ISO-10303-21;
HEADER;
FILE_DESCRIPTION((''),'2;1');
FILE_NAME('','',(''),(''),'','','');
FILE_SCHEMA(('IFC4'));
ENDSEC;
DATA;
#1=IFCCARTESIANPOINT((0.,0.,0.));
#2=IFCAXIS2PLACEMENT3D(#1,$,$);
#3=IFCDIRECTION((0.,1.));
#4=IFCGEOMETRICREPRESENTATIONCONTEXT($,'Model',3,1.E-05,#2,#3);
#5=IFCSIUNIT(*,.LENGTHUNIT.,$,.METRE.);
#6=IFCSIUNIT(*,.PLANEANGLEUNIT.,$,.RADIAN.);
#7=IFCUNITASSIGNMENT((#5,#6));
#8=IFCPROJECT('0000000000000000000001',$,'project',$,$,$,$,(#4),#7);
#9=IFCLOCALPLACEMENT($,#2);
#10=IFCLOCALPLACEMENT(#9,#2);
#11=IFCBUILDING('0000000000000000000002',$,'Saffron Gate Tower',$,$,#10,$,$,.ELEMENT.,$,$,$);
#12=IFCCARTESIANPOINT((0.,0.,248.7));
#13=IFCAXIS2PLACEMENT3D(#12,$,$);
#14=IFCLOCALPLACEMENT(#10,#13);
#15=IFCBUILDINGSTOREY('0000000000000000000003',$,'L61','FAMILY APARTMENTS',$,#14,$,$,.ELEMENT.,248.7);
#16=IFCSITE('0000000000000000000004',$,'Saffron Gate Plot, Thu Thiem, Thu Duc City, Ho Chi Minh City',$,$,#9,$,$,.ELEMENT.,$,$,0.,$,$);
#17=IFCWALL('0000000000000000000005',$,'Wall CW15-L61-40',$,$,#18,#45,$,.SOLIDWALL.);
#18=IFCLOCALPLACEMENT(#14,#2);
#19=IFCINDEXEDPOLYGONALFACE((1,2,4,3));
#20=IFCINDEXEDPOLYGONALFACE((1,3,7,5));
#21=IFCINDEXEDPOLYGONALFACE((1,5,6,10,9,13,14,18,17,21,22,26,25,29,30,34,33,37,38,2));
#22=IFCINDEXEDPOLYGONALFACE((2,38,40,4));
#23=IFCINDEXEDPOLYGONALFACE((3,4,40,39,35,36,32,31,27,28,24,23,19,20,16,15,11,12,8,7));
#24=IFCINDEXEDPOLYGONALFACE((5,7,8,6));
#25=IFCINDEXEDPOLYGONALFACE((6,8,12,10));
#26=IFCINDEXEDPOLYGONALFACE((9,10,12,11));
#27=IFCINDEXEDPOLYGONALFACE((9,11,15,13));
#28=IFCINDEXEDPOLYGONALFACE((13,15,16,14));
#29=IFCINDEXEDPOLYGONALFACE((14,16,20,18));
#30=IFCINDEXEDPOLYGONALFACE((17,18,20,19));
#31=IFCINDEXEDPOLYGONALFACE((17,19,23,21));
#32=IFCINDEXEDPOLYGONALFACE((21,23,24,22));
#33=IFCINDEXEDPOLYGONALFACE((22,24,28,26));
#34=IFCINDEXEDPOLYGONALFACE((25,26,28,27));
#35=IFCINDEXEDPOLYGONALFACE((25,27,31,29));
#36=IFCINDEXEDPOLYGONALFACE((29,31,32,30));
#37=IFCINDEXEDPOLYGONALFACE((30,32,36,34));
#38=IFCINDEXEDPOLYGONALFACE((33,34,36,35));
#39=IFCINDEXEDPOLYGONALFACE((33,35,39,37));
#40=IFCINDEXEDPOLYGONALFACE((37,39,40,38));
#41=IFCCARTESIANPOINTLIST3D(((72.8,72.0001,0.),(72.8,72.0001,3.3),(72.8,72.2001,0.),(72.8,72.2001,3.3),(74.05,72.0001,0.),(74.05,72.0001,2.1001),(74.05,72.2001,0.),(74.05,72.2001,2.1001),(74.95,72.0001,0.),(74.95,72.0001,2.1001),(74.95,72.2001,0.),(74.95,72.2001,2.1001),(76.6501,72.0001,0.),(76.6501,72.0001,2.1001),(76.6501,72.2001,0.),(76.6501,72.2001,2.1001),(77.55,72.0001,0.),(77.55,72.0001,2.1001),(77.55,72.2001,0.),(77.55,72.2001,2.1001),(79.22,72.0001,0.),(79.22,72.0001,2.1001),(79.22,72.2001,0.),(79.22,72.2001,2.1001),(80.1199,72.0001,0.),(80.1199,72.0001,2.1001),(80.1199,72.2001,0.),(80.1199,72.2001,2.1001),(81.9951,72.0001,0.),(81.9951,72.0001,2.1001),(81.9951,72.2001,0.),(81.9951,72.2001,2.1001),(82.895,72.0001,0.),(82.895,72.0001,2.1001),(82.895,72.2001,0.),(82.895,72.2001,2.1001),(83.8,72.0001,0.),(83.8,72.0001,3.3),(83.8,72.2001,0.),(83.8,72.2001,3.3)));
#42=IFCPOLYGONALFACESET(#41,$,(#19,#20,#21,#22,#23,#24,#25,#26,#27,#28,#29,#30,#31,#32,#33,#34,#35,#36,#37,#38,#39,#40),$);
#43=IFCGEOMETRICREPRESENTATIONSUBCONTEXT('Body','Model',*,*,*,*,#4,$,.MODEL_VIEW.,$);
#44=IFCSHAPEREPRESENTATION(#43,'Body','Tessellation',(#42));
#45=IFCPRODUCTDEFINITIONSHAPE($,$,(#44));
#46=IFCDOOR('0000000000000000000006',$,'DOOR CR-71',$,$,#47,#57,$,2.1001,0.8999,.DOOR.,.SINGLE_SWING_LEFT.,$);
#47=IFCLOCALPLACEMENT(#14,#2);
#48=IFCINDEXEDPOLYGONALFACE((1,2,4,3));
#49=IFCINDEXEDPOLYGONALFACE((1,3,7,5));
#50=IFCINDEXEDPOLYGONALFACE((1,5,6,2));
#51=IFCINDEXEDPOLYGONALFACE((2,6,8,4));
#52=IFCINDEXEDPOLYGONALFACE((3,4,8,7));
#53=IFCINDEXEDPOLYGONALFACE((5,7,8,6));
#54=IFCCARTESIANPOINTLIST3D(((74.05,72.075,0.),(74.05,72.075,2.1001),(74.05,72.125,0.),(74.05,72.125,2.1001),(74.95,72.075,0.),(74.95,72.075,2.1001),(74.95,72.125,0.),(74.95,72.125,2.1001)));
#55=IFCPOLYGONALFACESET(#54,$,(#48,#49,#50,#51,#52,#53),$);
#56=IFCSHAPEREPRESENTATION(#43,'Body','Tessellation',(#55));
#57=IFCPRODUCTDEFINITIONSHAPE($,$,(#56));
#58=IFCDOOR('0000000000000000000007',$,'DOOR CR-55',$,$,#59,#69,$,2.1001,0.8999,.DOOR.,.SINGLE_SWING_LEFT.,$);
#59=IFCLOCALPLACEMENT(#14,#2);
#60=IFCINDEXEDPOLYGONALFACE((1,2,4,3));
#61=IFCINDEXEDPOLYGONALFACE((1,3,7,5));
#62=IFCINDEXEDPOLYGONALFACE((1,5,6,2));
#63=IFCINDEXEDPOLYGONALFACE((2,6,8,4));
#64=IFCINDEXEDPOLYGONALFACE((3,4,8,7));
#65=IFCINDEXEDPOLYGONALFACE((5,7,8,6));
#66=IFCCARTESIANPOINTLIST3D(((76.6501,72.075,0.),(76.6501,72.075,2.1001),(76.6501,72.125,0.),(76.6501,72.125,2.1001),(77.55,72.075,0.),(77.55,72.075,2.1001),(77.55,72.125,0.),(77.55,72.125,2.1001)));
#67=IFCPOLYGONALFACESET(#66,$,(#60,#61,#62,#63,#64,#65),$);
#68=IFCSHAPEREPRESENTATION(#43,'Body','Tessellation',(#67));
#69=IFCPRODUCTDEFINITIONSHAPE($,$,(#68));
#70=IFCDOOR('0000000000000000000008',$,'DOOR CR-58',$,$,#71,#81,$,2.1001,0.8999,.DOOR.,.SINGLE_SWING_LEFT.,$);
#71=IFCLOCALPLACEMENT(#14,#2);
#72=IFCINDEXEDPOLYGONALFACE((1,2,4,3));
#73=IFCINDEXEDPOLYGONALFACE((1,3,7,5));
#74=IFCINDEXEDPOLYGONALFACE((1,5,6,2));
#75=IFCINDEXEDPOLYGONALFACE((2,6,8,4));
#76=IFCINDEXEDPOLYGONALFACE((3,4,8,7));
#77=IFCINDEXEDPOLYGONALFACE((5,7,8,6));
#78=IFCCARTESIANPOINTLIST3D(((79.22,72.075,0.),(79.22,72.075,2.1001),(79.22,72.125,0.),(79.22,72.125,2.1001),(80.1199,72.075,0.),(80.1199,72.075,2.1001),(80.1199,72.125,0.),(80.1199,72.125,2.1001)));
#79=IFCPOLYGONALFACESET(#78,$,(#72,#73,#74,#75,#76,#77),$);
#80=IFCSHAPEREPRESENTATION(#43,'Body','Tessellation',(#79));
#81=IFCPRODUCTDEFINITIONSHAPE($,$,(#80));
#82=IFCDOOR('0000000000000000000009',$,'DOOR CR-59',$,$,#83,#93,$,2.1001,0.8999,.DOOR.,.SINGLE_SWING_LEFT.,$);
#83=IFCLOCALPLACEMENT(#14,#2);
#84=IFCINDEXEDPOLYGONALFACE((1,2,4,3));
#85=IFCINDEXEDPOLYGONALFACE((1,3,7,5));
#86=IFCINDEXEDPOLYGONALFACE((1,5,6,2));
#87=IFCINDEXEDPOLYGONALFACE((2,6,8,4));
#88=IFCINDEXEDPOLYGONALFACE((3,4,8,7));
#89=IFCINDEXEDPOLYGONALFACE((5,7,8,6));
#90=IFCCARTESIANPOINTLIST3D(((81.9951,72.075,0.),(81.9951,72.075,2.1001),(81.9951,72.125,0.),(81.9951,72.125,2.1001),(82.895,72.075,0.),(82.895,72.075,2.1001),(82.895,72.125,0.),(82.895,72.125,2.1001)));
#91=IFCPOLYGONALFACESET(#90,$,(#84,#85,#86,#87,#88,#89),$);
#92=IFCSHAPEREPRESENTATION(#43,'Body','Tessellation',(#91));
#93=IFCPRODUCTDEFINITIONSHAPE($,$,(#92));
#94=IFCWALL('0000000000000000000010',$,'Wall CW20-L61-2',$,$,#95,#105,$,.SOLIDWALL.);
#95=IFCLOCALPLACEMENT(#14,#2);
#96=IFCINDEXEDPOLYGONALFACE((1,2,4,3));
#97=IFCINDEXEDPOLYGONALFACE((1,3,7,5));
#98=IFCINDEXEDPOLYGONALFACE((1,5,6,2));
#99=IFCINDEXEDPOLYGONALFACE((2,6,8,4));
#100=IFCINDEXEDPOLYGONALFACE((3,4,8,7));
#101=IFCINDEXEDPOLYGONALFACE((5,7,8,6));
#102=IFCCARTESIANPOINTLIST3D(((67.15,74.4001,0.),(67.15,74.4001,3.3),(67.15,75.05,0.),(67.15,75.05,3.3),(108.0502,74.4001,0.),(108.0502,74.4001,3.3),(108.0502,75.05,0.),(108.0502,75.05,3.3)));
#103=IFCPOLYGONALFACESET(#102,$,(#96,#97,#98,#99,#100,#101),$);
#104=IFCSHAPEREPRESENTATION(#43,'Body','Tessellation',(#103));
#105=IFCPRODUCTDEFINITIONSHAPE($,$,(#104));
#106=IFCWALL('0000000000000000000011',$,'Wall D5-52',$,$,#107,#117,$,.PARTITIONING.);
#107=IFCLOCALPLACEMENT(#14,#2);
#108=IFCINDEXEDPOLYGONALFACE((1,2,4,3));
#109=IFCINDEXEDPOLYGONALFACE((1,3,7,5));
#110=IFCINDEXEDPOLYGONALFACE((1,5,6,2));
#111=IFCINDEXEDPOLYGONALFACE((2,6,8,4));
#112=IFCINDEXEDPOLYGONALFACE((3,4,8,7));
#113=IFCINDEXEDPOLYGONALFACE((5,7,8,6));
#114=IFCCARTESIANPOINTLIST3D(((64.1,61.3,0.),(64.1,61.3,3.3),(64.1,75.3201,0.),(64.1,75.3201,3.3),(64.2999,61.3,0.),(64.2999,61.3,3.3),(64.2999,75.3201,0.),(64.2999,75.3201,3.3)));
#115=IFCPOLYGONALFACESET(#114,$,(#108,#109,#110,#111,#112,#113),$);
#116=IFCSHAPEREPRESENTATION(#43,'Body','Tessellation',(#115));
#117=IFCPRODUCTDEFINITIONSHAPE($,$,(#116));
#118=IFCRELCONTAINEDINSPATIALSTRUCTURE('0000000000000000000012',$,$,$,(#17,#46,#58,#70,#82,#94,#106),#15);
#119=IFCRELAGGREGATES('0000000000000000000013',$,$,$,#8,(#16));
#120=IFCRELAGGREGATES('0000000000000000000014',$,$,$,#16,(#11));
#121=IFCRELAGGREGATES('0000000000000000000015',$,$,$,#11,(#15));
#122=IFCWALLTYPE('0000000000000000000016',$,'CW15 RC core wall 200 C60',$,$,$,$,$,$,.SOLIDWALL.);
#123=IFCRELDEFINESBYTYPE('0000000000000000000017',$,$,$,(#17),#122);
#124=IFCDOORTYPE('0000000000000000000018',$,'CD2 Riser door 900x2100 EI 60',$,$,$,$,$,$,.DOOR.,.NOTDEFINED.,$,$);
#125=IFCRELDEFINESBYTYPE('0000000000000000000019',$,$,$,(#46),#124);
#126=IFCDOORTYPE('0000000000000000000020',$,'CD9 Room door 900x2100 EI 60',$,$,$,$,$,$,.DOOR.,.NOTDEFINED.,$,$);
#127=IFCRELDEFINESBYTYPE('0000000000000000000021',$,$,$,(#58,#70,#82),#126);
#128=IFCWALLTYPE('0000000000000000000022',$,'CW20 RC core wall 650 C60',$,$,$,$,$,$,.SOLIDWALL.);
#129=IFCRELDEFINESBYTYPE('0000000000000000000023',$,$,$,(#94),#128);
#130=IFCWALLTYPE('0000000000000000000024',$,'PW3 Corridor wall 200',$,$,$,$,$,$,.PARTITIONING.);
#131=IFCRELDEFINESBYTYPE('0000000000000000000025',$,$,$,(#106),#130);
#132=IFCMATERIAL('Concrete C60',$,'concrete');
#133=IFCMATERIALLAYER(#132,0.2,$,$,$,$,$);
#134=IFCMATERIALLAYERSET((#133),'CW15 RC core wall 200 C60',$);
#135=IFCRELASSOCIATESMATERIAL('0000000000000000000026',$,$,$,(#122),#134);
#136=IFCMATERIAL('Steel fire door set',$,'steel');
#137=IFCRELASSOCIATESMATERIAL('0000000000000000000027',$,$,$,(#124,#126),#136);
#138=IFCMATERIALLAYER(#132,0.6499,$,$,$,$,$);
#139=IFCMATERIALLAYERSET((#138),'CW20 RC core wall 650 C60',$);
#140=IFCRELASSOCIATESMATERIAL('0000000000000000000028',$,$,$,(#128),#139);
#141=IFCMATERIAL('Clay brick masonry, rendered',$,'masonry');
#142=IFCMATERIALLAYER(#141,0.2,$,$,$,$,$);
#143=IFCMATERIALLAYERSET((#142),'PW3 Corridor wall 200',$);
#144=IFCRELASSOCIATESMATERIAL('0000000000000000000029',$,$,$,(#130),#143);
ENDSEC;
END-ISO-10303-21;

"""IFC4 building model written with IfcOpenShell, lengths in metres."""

from ifc_helpers import new_model, si_unit, direction, frame, frame_2d, origin, place, context, subcontext, project, spatial, rectangle, extrude, material, layer, layer_set, type_object, element, fill, save


model = new_model("IFC4")

# Units and contexts
model_context = context("Model", 3, precision=1e-05, world=origin(), true_north=direction((0.0, 1.0)))
body_context = subcontext(model_context, "Body", "Model", "MODEL_VIEW")
ifc_project = project(units=[si_unit("LENGTHUNIT", "METRE"), si_unit("PLANEANGLEUNIT", "RADIAN")], contexts=[model_context])

# Site, building, storey
site_placement = place(None, origin())
site = spatial("IfcSite", under=ifc_project, at=site_placement, Name="Saffron Gate Plot, Thu Thiem, Thu Duc City, Ho Chi Minh City", CompositionType="ELEMENT", RefElevation=0.0)
building_placement = place(site_placement, origin())
building = spatial("IfcBuilding", under=site, at=building_placement, Name="Saffron Gate Tower", CompositionType="ELEMENT")
storey_placement = place(building_placement, frame((0.0, 0.0, 248.7)))
storey = spatial("IfcBuildingStorey", under=building, at=storey_placement, Name="L61", Description="FAMILY APARTMENTS", CompositionType="ELEMENT", Elevation=248.7)

# Shared definitions
ifc_material_1 = material(Name="Concrete C60", Category="concrete")
ifc_layer_1 = layer(ifc_material_1, 0.2)
ifc_layer_set_1 = layer_set([ifc_layer_1], Name="CW15 RC core wall 200 C60")
wall_type_1 = type_object("IfcWallType", Name="CW15 RC core wall 200 C60", PredefinedType="SOLIDWALL", material=ifc_layer_set_1)

# Wall, openings, doors
wall_1_placement = place(storey_placement, frame((72.8, 72.1001, 0.0), z_axis=(0.0, 0.0, 1.0), x_axis=(1.0, 0.0, 0.0)))
wall_1 = element("IfcWall", 1, at=wall_1_placement, inside=storey, type_object=wall_type_1, Name="Wall CW15-L61-40", PredefinedType="SOLIDWALL", context=body_context, shape_type="SweptSolid", body=[
    extrude(rectangle(XDim=11.0, YDim=0.2, at=frame_2d((5.5, 0.0))), origin(), (0.0, 0.0, 1.0), 3.3),
])
opening_1_placement = place(wall_1_placement, frame((1.25, 0.0, 0.0)))
opening_1 = element("IfcOpeningElement", 2, at=opening_1_placement, cuts=wall_1, PredefinedType="OPENING", context=body_context, shape_type="SweptSolid", body=[
    extrude(rectangle(XDim=0.8999, YDim=2.1001, at=frame_2d((0.45, 1.05))), frame((0.0, 0.1099, 0.0), z_axis=(0.0, -1.0, 0.0), x_axis=(1.0, 0.0, 0.0)), (0.0, 0.0, 1.0), 0.22),
])
opening_2_placement = place(wall_1_placement, frame((3.8501, 0.0, 0.0)))
opening_2 = element("IfcOpeningElement", 3, at=opening_2_placement, cuts=wall_1, PredefinedType="OPENING", context=body_context, shape_type="SweptSolid", body=[
    extrude(rectangle(XDim=0.8999, YDim=2.1001, at=frame_2d((0.45, 1.05))), frame((0.0, 0.1099, 0.0), z_axis=(0.0, -1.0, 0.0), x_axis=(1.0, 0.0, 0.0)), (0.0, 0.0, 1.0), 0.22),
])
opening_3_placement = place(wall_1_placement, frame((6.4199, 0.0, 0.0)))
opening_3 = element("IfcOpeningElement", 4, at=opening_3_placement, cuts=wall_1, PredefinedType="OPENING", context=body_context, shape_type="SweptSolid", body=[
    extrude(rectangle(XDim=0.8999, YDim=2.1001, at=frame_2d((0.45, 1.05))), frame((0.0, 0.1099, 0.0), z_axis=(0.0, -1.0, 0.0), x_axis=(1.0, 0.0, 0.0)), (0.0, 0.0, 1.0), 0.22),
])
opening_4_placement = place(wall_1_placement, frame((9.1951, 0.0, 0.0)))
opening_4 = element("IfcOpeningElement", 5, at=opening_4_placement, cuts=wall_1, PredefinedType="OPENING", context=body_context, shape_type="SweptSolid", body=[
    extrude(rectangle(XDim=0.8999, YDim=2.1001, at=frame_2d((0.45, 1.05))), frame((0.0, 0.1099, 0.0), z_axis=(0.0, -1.0, 0.0), x_axis=(1.0, 0.0, 0.0)), (0.0, 0.0, 1.0), 0.22),
])
ifc_material_2 = material(Name="Steel fire door set", Category="steel")
door_type_1 = type_object("IfcDoorType", Name="CD2 Riser door 900x2100 EI 60", OperationType="NOTDEFINED", PredefinedType="DOOR", material=ifc_material_2)
door_1_placement = place(opening_1_placement, origin())
door_1 = element("IfcDoor", 6, at=door_1_placement, inside=storey, type_object=door_type_1, Name="DOOR CR-71", OperationType="SINGLE_SWING_LEFT", OverallHeight=2.1001, OverallWidth=0.8999, PredefinedType="DOOR", context=body_context, shape_type="SweptSolid", body=[
    extrude(rectangle(XDim=0.8999, YDim=2.1001, at=frame_2d((0.45, 1.05))), frame((0.0, 0.0249, 0.0), z_axis=(0.0, -1.0, 0.0), x_axis=(1.0, 0.0, 0.0)), (0.0, 0.0, 1.0), 0.05),
])
fill(opening_1, door_1)
door_type_2 = type_object("IfcDoorType", Name="CD9 Room door 900x2100 EI 60", OperationType="NOTDEFINED", PredefinedType="DOOR", material=ifc_material_2)
door_2_placement = place(opening_2_placement, origin())
door_2 = element("IfcDoor", 7, at=door_2_placement, inside=storey, type_object=door_type_2, Name="DOOR CR-55", OperationType="SINGLE_SWING_LEFT", OverallHeight=2.1001, OverallWidth=0.8999, PredefinedType="DOOR", context=body_context, shape_type="SweptSolid", body=[
    extrude(rectangle(XDim=0.8999, YDim=2.1001, at=frame_2d((0.45, 1.05))), frame((0.0, 0.0249, 0.0), z_axis=(0.0, -1.0, 0.0), x_axis=(1.0, 0.0, 0.0)), (0.0, 0.0, 1.0), 0.05),
])
fill(opening_2, door_2)
door_3_placement = place(opening_3_placement, origin())
door_3 = element("IfcDoor", 8, at=door_3_placement, inside=storey, type_object=door_type_2, Name="DOOR CR-58", OperationType="SINGLE_SWING_LEFT", OverallHeight=2.1001, OverallWidth=0.8999, PredefinedType="DOOR", context=body_context, shape_type="SweptSolid", body=[
    extrude(rectangle(XDim=0.8999, YDim=2.1001, at=frame_2d((0.45, 1.05))), frame((0.0, 0.0249, 0.0), z_axis=(0.0, -1.0, 0.0), x_axis=(1.0, 0.0, 0.0)), (0.0, 0.0, 1.0), 0.05),
])
fill(opening_3, door_3)
door_4_placement = place(opening_4_placement, origin())
door_4 = element("IfcDoor", 9, at=door_4_placement, inside=storey, type_object=door_type_2, Name="DOOR CR-59", OperationType="SINGLE_SWING_LEFT", OverallHeight=2.1001, OverallWidth=0.8999, PredefinedType="DOOR", context=body_context, shape_type="SweptSolid", body=[
    extrude(rectangle(XDim=0.8999, YDim=2.1001, at=frame_2d((0.45, 1.05))), frame((0.0, 0.0249, 0.0), z_axis=(0.0, -1.0, 0.0), x_axis=(1.0, 0.0, 0.0)), (0.0, 0.0, 1.0), 0.05),
])
fill(opening_4, door_4)

# Walls
ifc_layer_2 = layer(ifc_material_1, 0.6499)
ifc_layer_set_2 = layer_set([ifc_layer_2], Name="CW20 RC core wall 650 C60")
wall_type_2 = type_object("IfcWallType", Name="CW20 RC core wall 650 C60", PredefinedType="SOLIDWALL", material=ifc_layer_set_2)
wall_2_placement = place(storey_placement, frame((67.1499, 74.7251, 0.0), z_axis=(0.0, 0.0, 1.0), x_axis=(1.0, 0.0, 0.0)))
element("IfcWall", 10, at=wall_2_placement, inside=storey, type_object=wall_type_2, Name="Wall CW20-L61-2", PredefinedType="SOLIDWALL", context=body_context, shape_type="SweptSolid", body=[
    extrude(rectangle(XDim=40.9001, YDim=0.6499, at=frame_2d((20.4502, 0.0))), origin(), (0.0, 0.0, 1.0), 3.3),
])
ifc_material_3 = material(Name="Clay brick masonry, rendered", Category="masonry")
ifc_layer_3 = layer(ifc_material_3, 0.2)
ifc_layer_set_3 = layer_set([ifc_layer_3], Name="PW3 Corridor wall 200")
wall_type_3 = type_object("IfcWallType", Name="PW3 Corridor wall 200", PredefinedType="PARTITIONING", material=ifc_layer_set_3)
wall_3_placement = place(storey_placement, frame((64.2, 75.3201, 0.0), z_axis=(0.0, 0.0, 1.0), x_axis=(0.0, -1.0, 0.0)))
element("IfcWall", 11, at=wall_3_placement, inside=storey, type_object=wall_type_3, Name="Wall D5-52", PredefinedType="PARTITIONING", context=body_context, shape_type="SweptSolid", body=[
    extrude(rectangle(XDim=14.02, YDim=0.2, at=frame_2d((7.01, 0.0))), origin(), (0.0, 0.0, 1.0), 3.3),
])

save(model, "model.ifc")
